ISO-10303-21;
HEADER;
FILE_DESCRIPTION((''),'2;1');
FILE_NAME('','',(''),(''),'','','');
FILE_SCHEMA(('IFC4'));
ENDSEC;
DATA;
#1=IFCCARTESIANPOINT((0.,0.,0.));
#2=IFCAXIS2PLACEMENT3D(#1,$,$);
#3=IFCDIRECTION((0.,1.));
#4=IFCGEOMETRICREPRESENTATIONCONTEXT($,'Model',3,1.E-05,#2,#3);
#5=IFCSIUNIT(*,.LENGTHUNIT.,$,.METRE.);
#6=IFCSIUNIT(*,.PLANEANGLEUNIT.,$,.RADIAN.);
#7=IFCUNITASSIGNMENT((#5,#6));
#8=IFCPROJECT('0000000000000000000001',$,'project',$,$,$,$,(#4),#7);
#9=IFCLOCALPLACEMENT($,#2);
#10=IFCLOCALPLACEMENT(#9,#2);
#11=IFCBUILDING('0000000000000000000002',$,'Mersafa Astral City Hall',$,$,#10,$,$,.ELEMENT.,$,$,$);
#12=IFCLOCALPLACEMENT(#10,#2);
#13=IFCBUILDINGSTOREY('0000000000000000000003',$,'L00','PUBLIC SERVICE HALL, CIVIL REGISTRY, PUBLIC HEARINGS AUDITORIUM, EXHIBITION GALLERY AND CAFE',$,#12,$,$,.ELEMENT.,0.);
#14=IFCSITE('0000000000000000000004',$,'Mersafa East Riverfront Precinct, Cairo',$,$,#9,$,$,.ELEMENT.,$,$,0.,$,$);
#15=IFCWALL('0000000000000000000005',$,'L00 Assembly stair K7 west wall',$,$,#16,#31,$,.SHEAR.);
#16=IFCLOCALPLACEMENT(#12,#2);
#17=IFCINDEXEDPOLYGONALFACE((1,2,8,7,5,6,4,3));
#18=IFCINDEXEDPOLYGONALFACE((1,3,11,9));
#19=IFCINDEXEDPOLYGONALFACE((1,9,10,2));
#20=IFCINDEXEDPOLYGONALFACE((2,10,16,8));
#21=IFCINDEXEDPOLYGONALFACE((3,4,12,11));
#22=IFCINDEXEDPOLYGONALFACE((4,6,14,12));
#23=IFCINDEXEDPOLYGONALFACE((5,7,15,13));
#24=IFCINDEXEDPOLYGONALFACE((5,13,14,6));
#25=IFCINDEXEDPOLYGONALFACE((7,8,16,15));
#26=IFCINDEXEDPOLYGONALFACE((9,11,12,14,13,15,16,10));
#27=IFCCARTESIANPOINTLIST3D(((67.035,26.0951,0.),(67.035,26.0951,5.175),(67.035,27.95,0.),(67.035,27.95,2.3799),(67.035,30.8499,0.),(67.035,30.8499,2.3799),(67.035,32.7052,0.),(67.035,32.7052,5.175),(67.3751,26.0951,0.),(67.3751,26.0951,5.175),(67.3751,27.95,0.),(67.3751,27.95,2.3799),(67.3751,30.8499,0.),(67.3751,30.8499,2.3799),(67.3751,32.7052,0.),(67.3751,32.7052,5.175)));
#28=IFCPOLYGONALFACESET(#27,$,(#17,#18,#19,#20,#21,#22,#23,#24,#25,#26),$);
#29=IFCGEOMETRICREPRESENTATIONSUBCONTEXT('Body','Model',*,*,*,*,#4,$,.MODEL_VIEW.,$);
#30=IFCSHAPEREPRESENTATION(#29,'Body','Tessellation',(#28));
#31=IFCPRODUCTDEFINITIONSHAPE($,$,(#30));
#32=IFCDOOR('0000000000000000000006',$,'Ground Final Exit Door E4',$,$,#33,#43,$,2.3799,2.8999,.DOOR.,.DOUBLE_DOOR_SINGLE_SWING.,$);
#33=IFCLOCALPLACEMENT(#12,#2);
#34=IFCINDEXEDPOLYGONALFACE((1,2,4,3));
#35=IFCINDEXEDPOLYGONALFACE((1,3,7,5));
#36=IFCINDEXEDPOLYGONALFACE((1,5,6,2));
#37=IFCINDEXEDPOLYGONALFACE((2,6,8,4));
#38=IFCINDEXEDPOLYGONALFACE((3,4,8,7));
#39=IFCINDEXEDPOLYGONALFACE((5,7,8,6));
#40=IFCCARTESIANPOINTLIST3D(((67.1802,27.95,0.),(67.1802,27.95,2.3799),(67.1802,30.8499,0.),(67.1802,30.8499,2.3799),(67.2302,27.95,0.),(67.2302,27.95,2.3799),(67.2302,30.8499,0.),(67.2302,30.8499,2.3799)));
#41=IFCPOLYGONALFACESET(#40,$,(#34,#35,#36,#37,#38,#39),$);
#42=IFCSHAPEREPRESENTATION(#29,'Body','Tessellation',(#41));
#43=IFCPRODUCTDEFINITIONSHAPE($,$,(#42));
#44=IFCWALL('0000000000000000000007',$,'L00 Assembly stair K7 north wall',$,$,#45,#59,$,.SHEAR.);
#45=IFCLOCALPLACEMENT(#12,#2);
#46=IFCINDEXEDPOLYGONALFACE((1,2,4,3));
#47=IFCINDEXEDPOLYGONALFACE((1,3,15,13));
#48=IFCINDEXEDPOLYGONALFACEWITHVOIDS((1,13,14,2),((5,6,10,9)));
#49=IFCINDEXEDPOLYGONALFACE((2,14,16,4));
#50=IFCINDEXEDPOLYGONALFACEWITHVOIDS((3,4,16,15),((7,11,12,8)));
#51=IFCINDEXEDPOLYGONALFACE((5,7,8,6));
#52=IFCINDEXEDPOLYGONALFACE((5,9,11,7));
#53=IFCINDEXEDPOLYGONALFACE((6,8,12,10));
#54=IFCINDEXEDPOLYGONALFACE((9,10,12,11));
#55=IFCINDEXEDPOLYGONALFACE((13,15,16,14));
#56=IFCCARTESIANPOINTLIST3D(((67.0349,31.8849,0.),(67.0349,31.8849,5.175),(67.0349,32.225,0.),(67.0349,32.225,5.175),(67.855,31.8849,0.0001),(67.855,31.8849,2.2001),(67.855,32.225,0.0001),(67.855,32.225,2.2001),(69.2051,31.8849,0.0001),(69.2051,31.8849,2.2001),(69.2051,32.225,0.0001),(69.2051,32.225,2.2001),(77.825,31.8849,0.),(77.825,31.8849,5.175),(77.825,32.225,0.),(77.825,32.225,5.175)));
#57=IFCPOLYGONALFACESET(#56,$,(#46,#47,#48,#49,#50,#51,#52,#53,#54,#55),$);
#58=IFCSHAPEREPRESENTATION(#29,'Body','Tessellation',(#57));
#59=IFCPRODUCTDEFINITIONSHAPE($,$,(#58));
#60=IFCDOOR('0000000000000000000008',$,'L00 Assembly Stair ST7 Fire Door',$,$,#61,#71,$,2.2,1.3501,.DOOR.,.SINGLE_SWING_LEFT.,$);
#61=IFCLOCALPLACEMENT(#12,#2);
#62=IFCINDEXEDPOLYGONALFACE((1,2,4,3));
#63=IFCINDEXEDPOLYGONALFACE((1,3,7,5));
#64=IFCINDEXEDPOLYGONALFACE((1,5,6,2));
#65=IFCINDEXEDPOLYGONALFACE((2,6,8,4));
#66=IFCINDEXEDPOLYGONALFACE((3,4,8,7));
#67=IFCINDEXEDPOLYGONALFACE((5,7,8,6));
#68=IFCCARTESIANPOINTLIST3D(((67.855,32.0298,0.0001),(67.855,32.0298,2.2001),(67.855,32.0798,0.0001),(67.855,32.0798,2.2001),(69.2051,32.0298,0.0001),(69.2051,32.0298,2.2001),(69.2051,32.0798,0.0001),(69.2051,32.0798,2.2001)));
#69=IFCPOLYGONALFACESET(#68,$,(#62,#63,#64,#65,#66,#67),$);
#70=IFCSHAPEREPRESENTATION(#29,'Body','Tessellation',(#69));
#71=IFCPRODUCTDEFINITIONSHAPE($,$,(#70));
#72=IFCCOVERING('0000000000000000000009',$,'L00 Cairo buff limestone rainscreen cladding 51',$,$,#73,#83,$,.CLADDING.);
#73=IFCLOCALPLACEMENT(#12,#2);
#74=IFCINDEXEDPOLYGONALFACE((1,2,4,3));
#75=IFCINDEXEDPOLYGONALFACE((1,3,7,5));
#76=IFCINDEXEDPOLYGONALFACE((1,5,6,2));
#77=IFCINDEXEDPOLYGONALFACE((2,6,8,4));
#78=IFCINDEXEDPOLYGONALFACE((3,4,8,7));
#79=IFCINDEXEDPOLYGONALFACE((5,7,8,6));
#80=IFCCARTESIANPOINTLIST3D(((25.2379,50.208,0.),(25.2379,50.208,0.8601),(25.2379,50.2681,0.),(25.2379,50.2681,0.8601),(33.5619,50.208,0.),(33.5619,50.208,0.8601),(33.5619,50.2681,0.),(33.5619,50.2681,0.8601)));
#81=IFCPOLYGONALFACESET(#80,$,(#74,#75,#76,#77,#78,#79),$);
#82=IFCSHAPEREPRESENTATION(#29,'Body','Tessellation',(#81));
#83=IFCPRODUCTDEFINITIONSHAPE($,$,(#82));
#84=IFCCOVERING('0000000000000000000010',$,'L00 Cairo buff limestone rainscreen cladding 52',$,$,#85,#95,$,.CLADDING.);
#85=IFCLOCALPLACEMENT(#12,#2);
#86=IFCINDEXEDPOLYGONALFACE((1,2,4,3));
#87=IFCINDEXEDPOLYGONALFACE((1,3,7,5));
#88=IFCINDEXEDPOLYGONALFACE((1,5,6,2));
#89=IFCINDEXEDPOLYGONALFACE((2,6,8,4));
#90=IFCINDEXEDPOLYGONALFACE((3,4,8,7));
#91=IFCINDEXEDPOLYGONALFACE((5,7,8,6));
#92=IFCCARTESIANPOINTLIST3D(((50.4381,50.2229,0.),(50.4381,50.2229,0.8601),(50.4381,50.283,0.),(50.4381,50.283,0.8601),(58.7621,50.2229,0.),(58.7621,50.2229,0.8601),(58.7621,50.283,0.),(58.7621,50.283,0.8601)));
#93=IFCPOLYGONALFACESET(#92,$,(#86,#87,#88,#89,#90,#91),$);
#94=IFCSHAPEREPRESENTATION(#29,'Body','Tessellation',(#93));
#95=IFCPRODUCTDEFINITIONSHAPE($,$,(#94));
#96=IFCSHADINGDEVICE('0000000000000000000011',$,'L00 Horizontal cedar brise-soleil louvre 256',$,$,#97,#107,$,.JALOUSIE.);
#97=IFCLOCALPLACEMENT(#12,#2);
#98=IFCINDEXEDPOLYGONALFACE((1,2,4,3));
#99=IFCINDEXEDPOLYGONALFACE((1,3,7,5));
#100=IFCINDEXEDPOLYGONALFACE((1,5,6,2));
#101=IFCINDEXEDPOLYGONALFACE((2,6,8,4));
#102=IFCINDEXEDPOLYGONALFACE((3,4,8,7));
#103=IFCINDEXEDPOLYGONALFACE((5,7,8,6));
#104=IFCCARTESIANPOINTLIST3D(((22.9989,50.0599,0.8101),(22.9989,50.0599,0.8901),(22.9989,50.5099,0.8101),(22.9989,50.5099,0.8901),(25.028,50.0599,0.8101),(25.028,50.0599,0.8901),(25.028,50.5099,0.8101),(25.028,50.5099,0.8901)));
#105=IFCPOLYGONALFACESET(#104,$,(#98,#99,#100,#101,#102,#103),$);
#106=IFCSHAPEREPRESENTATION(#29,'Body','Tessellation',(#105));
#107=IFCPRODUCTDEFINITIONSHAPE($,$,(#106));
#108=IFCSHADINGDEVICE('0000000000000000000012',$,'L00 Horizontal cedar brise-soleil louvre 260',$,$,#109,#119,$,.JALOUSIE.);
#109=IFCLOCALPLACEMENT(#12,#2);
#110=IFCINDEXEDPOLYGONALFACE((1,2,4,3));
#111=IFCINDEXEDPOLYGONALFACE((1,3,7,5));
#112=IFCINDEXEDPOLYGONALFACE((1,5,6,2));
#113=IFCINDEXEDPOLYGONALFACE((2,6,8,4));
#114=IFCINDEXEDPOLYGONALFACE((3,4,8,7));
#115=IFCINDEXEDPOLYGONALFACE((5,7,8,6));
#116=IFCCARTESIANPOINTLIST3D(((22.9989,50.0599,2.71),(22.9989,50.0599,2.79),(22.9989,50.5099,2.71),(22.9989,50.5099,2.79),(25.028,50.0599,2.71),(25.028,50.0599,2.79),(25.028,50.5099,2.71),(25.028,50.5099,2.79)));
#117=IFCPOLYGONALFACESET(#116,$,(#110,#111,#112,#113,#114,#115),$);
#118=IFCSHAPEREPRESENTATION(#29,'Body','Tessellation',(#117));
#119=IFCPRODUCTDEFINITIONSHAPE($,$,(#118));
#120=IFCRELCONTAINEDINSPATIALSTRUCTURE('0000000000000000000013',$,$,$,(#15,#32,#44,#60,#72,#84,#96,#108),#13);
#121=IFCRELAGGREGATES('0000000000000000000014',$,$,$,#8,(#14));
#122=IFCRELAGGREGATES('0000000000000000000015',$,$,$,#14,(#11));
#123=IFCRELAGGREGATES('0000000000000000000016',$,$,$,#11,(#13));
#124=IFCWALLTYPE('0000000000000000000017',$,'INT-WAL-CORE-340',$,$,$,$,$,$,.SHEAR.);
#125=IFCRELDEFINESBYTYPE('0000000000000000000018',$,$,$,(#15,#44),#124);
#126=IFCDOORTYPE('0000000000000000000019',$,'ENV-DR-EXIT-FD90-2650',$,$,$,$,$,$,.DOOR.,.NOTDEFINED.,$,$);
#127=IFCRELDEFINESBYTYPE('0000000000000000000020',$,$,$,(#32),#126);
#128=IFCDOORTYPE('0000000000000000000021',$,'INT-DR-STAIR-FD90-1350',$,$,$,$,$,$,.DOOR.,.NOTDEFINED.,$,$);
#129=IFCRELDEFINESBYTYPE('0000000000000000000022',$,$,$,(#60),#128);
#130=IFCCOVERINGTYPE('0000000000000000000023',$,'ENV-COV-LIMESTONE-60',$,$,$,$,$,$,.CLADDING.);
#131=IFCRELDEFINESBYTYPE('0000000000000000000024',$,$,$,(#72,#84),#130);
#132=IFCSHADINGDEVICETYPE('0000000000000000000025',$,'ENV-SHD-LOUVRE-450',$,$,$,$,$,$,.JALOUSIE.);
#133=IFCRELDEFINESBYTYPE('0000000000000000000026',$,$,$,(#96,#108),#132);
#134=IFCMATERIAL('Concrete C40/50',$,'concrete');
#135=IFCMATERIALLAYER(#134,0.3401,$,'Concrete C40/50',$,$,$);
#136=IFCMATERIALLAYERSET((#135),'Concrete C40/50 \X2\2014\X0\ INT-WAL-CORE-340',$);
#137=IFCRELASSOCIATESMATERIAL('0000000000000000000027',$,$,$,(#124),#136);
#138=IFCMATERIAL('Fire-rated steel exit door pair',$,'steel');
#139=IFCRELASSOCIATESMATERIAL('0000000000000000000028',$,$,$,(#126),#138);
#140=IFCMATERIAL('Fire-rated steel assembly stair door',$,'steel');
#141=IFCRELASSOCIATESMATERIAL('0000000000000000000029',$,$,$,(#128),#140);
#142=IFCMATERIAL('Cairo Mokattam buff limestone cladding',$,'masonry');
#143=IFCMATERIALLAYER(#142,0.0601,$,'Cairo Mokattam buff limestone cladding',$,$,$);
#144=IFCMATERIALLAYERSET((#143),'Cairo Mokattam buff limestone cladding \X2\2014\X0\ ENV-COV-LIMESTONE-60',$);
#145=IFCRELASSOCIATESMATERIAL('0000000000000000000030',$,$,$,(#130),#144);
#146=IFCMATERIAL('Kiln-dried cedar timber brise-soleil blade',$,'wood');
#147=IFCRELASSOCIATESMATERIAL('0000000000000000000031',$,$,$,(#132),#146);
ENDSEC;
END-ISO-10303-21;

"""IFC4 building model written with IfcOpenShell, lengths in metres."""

from ifc_helpers import new_model, si_unit, direction, frame, frame_2d, origin, origin_2d, place, context, subcontext, project, spatial, rectangle, extrude, material, layer, layer_set, type_object, element, fill, save


model = new_model("IFC4")

# Units and contexts
model_context = context("Model", 3, precision=1e-05, world=origin(), true_north=direction((0.0, 1.0)))
body_context = subcontext(model_context, "Body", "Model", "MODEL_VIEW")
ifc_project = project(units=[si_unit("LENGTHUNIT", "METRE"), si_unit("PLANEANGLEUNIT", "RADIAN")], contexts=[model_context])

# Site, building, storey
site_placement = place(None, origin())
site = spatial("IfcSite", under=ifc_project, at=site_placement, Name="Mersafa East Riverfront Precinct, Cairo", CompositionType="ELEMENT", RefElevation=0.0)
building_placement = place(site_placement, origin())
building = spatial("IfcBuilding", under=site, at=building_placement, Name="Mersafa Astral City Hall", CompositionType="ELEMENT")
storey_placement = place(building_placement, origin())
storey = spatial("IfcBuildingStorey", under=building, at=storey_placement, Name="L00", Description="PUBLIC SERVICE HALL, CIVIL REGISTRY, PUBLIC HEARINGS AUDITORIUM, EXHIBITION GALLERY AND CAFE", CompositionType="ELEMENT", Elevation=0.0)

# Shared definitions
ifc_material_1 = material(Name="Concrete C40/50", Category="concrete")

# Shared definitions
ifc_layer_1 = layer(ifc_material_1, 0.3401, Name="Concrete C40/50")
ifc_layer_set_1 = layer_set([ifc_layer_1], Name="Concrete C40/50 — INT-WAL-CORE-340")
wall_type_1 = type_object("IfcWallType", Name="INT-WAL-CORE-340", PredefinedType="SHEAR", material=ifc_layer_set_1)

# Walls, openings, doors
wall_1_placement = place(storey_placement, frame((67.2051, 26.095, 0.0), z_axis=(0.0, 0.0, 1.0), x_axis=(0.0, 1.0, 0.0)))
wall_1 = element("IfcWall", 1, at=wall_1_placement, inside=storey, type_object=wall_type_1, Name="L00 Assembly stair K7 west wall", PredefinedType="SHEAR", context=body_context, shape_type="SweptSolid", body=[
    extrude(rectangle(XDim=6.6101, YDim=0.3401, at=frame_2d((3.3052, 0.0))), origin(), (0.0, 0.0, 1.0), 5.175),
])
opening_1_placement = place(wall_1_placement, frame((1.855, 0.0, 0.0)))
opening_1 = element("IfcOpeningElement", 2, at=opening_1_placement, cuts=wall_1, PredefinedType="OPENING", context=body_context, shape_type="SweptSolid", body=[
    extrude(rectangle(XDim=2.8999, YDim=2.3799, at=frame_2d((1.45, 1.1899))), frame((0.0, 0.1799, 0.0), z_axis=(0.0, -1.0, 0.0), x_axis=(1.0, 0.0, 0.0)), (0.0, 0.0, 1.0), 0.3601),
])
ifc_material_2 = material(Name="Fire-rated steel exit door pair", Category="steel")
door_type_1 = type_object("IfcDoorType", Name="ENV-DR-EXIT-FD90-2650", OperationType="NOTDEFINED", PredefinedType="DOOR", material=ifc_material_2)
door_1_placement = place(opening_1_placement, origin())
door_1 = element("IfcDoor", 3, at=door_1_placement, inside=storey, type_object=door_type_1, Name="Ground Final Exit Door E4", OperationType="DOUBLE_DOOR_SINGLE_SWING", OverallHeight=2.3799, OverallWidth=2.8999, PredefinedType="DOOR", context=body_context, shape_type="SweptSolid", body=[
    extrude(rectangle(XDim=2.8999, YDim=2.3799, at=frame_2d((1.45, 1.1899))), frame((0.0, 0.0249, 0.0), z_axis=(0.0, -1.0, 0.0), x_axis=(1.0, 0.0, 0.0)), (0.0, 0.0, 1.0), 0.05),
])
fill(opening_1, door_1)
wall_2_placement = place(storey_placement, frame((67.0349, 32.0549, 0.0), z_axis=(0.0, 0.0, 1.0), x_axis=(1.0, 0.0, 0.0)))
wall_2 = element("IfcWall", 4, at=wall_2_placement, inside=storey, type_object=wall_type_1, Name="L00 Assembly stair K7 north wall", PredefinedType="SHEAR", context=body_context, shape_type="SweptSolid", body=[
    extrude(rectangle(XDim=10.79, YDim=0.3401, at=frame_2d((5.395, 0.0))), origin(), (0.0, 0.0, 1.0), 5.175),
])
opening_2_placement = place(wall_2_placement, frame((0.8201, 0.0, 0.0)))
opening_2 = element("IfcOpeningElement", 5, at=opening_2_placement, cuts=wall_2, PredefinedType="OPENING", context=body_context, shape_type="SweptSolid", body=[
    extrude(rectangle(XDim=1.3501, YDim=2.2, at=frame_2d((0.675, 1.1001))), frame((0.0, 0.1799, 0.0), z_axis=(0.0, -1.0, 0.0), x_axis=(1.0, 0.0, 0.0)), (0.0, 0.0, 1.0), 0.3601),
])
ifc_material_3 = material(Name="Fire-rated steel assembly stair door", Category="steel")
door_type_2 = type_object("IfcDoorType", Name="INT-DR-STAIR-FD90-1350", OperationType="NOTDEFINED", PredefinedType="DOOR", material=ifc_material_3)
door_2_placement = place(opening_2_placement, origin())
door_2 = element("IfcDoor", 6, at=door_2_placement, inside=storey, type_object=door_type_2, Name="L00 Assembly Stair ST7 Fire Door", OperationType="SINGLE_SWING_LEFT", OverallHeight=2.2, OverallWidth=1.3501, PredefinedType="DOOR", context=body_context, shape_type="SweptSolid", body=[
    extrude(rectangle(XDim=1.3501, YDim=2.2, at=frame_2d((0.675, 1.1001))), frame((0.0, 0.0249, 0.0), z_axis=(0.0, -1.0, 0.0), x_axis=(1.0, 0.0, 0.0)), (0.0, 0.0, 1.0), 0.05),
])
fill(opening_2, door_2)

# Coverings
ifc_material_4 = material(Name="Cairo Mokattam buff limestone cladding", Category="masonry")
ifc_layer_2 = layer(ifc_material_4, 0.0601, Name="Cairo Mokattam buff limestone cladding")
ifc_layer_set_2 = layer_set([ifc_layer_2], Name="Cairo Mokattam buff limestone cladding — ENV-COV-LIMESTONE-60")
covering_type = type_object("IfcCoveringType", Name="ENV-COV-LIMESTONE-60", PredefinedType="CLADDING", material=ifc_layer_set_2)
for number, where, z_axis, x_axis, name in (
    (7, (29.3999, 50.238, 0.0), (0.0, 0.0, 1.0), (1.0, 0.0, 0.0), "L00 Cairo buff limestone rainscreen cladding 51"),
    (8, (54.6001, 50.2529, 0.0), (0.0, 0.0, 1.0), (1.0, 0.0, 0.0), "L00 Cairo buff limestone rainscreen cladding 52"),
):
    element("IfcCovering", number, at=place(storey_placement, frame(where, z_axis=z_axis, x_axis=x_axis)), inside=storey, type_object=covering_type, Name=name, PredefinedType="CLADDING", context=body_context, shape_type="SweptSolid", body=[
        extrude(rectangle(XDim=8.324, YDim=0.0601, at=origin_2d()), origin(), (0.0, 0.0, 1.0), 0.8601),
    ])

# Shading devices
ifc_material_5 = material(Name="Kiln-dried cedar timber brise-soleil blade", Category="wood")
shading_device_type = type_object("IfcShadingDeviceType", Name="ENV-SHD-LOUVRE-450", PredefinedType="JALOUSIE", material=ifc_material_5)
for number, where, z_axis, x_axis, name in (
    (9, (24.0134, 50.2849, 0.8101), (0.0, 0.0, 1.0), (1.0, 0.0, 0.0), "L00 Horizontal cedar brise-soleil louvre 256"),
    (10, (24.0134, 50.2849, 2.71), (0.0, 0.0, 1.0), (1.0, 0.0, 0.0), "L00 Horizontal cedar brise-soleil louvre 260"),
):
    element("IfcShadingDevice", number, at=place(storey_placement, frame(where, z_axis=z_axis, x_axis=x_axis)), inside=storey, type_object=shading_device_type, Name=name, PredefinedType="JALOUSIE", context=body_context, shape_type="SweptSolid", body=[
        extrude(rectangle(XDim=2.0291, YDim=0.45, at=origin_2d()), origin(), (0.0, 0.0, 1.0), 0.0801),
    ])

save(model, "model.ifc")
